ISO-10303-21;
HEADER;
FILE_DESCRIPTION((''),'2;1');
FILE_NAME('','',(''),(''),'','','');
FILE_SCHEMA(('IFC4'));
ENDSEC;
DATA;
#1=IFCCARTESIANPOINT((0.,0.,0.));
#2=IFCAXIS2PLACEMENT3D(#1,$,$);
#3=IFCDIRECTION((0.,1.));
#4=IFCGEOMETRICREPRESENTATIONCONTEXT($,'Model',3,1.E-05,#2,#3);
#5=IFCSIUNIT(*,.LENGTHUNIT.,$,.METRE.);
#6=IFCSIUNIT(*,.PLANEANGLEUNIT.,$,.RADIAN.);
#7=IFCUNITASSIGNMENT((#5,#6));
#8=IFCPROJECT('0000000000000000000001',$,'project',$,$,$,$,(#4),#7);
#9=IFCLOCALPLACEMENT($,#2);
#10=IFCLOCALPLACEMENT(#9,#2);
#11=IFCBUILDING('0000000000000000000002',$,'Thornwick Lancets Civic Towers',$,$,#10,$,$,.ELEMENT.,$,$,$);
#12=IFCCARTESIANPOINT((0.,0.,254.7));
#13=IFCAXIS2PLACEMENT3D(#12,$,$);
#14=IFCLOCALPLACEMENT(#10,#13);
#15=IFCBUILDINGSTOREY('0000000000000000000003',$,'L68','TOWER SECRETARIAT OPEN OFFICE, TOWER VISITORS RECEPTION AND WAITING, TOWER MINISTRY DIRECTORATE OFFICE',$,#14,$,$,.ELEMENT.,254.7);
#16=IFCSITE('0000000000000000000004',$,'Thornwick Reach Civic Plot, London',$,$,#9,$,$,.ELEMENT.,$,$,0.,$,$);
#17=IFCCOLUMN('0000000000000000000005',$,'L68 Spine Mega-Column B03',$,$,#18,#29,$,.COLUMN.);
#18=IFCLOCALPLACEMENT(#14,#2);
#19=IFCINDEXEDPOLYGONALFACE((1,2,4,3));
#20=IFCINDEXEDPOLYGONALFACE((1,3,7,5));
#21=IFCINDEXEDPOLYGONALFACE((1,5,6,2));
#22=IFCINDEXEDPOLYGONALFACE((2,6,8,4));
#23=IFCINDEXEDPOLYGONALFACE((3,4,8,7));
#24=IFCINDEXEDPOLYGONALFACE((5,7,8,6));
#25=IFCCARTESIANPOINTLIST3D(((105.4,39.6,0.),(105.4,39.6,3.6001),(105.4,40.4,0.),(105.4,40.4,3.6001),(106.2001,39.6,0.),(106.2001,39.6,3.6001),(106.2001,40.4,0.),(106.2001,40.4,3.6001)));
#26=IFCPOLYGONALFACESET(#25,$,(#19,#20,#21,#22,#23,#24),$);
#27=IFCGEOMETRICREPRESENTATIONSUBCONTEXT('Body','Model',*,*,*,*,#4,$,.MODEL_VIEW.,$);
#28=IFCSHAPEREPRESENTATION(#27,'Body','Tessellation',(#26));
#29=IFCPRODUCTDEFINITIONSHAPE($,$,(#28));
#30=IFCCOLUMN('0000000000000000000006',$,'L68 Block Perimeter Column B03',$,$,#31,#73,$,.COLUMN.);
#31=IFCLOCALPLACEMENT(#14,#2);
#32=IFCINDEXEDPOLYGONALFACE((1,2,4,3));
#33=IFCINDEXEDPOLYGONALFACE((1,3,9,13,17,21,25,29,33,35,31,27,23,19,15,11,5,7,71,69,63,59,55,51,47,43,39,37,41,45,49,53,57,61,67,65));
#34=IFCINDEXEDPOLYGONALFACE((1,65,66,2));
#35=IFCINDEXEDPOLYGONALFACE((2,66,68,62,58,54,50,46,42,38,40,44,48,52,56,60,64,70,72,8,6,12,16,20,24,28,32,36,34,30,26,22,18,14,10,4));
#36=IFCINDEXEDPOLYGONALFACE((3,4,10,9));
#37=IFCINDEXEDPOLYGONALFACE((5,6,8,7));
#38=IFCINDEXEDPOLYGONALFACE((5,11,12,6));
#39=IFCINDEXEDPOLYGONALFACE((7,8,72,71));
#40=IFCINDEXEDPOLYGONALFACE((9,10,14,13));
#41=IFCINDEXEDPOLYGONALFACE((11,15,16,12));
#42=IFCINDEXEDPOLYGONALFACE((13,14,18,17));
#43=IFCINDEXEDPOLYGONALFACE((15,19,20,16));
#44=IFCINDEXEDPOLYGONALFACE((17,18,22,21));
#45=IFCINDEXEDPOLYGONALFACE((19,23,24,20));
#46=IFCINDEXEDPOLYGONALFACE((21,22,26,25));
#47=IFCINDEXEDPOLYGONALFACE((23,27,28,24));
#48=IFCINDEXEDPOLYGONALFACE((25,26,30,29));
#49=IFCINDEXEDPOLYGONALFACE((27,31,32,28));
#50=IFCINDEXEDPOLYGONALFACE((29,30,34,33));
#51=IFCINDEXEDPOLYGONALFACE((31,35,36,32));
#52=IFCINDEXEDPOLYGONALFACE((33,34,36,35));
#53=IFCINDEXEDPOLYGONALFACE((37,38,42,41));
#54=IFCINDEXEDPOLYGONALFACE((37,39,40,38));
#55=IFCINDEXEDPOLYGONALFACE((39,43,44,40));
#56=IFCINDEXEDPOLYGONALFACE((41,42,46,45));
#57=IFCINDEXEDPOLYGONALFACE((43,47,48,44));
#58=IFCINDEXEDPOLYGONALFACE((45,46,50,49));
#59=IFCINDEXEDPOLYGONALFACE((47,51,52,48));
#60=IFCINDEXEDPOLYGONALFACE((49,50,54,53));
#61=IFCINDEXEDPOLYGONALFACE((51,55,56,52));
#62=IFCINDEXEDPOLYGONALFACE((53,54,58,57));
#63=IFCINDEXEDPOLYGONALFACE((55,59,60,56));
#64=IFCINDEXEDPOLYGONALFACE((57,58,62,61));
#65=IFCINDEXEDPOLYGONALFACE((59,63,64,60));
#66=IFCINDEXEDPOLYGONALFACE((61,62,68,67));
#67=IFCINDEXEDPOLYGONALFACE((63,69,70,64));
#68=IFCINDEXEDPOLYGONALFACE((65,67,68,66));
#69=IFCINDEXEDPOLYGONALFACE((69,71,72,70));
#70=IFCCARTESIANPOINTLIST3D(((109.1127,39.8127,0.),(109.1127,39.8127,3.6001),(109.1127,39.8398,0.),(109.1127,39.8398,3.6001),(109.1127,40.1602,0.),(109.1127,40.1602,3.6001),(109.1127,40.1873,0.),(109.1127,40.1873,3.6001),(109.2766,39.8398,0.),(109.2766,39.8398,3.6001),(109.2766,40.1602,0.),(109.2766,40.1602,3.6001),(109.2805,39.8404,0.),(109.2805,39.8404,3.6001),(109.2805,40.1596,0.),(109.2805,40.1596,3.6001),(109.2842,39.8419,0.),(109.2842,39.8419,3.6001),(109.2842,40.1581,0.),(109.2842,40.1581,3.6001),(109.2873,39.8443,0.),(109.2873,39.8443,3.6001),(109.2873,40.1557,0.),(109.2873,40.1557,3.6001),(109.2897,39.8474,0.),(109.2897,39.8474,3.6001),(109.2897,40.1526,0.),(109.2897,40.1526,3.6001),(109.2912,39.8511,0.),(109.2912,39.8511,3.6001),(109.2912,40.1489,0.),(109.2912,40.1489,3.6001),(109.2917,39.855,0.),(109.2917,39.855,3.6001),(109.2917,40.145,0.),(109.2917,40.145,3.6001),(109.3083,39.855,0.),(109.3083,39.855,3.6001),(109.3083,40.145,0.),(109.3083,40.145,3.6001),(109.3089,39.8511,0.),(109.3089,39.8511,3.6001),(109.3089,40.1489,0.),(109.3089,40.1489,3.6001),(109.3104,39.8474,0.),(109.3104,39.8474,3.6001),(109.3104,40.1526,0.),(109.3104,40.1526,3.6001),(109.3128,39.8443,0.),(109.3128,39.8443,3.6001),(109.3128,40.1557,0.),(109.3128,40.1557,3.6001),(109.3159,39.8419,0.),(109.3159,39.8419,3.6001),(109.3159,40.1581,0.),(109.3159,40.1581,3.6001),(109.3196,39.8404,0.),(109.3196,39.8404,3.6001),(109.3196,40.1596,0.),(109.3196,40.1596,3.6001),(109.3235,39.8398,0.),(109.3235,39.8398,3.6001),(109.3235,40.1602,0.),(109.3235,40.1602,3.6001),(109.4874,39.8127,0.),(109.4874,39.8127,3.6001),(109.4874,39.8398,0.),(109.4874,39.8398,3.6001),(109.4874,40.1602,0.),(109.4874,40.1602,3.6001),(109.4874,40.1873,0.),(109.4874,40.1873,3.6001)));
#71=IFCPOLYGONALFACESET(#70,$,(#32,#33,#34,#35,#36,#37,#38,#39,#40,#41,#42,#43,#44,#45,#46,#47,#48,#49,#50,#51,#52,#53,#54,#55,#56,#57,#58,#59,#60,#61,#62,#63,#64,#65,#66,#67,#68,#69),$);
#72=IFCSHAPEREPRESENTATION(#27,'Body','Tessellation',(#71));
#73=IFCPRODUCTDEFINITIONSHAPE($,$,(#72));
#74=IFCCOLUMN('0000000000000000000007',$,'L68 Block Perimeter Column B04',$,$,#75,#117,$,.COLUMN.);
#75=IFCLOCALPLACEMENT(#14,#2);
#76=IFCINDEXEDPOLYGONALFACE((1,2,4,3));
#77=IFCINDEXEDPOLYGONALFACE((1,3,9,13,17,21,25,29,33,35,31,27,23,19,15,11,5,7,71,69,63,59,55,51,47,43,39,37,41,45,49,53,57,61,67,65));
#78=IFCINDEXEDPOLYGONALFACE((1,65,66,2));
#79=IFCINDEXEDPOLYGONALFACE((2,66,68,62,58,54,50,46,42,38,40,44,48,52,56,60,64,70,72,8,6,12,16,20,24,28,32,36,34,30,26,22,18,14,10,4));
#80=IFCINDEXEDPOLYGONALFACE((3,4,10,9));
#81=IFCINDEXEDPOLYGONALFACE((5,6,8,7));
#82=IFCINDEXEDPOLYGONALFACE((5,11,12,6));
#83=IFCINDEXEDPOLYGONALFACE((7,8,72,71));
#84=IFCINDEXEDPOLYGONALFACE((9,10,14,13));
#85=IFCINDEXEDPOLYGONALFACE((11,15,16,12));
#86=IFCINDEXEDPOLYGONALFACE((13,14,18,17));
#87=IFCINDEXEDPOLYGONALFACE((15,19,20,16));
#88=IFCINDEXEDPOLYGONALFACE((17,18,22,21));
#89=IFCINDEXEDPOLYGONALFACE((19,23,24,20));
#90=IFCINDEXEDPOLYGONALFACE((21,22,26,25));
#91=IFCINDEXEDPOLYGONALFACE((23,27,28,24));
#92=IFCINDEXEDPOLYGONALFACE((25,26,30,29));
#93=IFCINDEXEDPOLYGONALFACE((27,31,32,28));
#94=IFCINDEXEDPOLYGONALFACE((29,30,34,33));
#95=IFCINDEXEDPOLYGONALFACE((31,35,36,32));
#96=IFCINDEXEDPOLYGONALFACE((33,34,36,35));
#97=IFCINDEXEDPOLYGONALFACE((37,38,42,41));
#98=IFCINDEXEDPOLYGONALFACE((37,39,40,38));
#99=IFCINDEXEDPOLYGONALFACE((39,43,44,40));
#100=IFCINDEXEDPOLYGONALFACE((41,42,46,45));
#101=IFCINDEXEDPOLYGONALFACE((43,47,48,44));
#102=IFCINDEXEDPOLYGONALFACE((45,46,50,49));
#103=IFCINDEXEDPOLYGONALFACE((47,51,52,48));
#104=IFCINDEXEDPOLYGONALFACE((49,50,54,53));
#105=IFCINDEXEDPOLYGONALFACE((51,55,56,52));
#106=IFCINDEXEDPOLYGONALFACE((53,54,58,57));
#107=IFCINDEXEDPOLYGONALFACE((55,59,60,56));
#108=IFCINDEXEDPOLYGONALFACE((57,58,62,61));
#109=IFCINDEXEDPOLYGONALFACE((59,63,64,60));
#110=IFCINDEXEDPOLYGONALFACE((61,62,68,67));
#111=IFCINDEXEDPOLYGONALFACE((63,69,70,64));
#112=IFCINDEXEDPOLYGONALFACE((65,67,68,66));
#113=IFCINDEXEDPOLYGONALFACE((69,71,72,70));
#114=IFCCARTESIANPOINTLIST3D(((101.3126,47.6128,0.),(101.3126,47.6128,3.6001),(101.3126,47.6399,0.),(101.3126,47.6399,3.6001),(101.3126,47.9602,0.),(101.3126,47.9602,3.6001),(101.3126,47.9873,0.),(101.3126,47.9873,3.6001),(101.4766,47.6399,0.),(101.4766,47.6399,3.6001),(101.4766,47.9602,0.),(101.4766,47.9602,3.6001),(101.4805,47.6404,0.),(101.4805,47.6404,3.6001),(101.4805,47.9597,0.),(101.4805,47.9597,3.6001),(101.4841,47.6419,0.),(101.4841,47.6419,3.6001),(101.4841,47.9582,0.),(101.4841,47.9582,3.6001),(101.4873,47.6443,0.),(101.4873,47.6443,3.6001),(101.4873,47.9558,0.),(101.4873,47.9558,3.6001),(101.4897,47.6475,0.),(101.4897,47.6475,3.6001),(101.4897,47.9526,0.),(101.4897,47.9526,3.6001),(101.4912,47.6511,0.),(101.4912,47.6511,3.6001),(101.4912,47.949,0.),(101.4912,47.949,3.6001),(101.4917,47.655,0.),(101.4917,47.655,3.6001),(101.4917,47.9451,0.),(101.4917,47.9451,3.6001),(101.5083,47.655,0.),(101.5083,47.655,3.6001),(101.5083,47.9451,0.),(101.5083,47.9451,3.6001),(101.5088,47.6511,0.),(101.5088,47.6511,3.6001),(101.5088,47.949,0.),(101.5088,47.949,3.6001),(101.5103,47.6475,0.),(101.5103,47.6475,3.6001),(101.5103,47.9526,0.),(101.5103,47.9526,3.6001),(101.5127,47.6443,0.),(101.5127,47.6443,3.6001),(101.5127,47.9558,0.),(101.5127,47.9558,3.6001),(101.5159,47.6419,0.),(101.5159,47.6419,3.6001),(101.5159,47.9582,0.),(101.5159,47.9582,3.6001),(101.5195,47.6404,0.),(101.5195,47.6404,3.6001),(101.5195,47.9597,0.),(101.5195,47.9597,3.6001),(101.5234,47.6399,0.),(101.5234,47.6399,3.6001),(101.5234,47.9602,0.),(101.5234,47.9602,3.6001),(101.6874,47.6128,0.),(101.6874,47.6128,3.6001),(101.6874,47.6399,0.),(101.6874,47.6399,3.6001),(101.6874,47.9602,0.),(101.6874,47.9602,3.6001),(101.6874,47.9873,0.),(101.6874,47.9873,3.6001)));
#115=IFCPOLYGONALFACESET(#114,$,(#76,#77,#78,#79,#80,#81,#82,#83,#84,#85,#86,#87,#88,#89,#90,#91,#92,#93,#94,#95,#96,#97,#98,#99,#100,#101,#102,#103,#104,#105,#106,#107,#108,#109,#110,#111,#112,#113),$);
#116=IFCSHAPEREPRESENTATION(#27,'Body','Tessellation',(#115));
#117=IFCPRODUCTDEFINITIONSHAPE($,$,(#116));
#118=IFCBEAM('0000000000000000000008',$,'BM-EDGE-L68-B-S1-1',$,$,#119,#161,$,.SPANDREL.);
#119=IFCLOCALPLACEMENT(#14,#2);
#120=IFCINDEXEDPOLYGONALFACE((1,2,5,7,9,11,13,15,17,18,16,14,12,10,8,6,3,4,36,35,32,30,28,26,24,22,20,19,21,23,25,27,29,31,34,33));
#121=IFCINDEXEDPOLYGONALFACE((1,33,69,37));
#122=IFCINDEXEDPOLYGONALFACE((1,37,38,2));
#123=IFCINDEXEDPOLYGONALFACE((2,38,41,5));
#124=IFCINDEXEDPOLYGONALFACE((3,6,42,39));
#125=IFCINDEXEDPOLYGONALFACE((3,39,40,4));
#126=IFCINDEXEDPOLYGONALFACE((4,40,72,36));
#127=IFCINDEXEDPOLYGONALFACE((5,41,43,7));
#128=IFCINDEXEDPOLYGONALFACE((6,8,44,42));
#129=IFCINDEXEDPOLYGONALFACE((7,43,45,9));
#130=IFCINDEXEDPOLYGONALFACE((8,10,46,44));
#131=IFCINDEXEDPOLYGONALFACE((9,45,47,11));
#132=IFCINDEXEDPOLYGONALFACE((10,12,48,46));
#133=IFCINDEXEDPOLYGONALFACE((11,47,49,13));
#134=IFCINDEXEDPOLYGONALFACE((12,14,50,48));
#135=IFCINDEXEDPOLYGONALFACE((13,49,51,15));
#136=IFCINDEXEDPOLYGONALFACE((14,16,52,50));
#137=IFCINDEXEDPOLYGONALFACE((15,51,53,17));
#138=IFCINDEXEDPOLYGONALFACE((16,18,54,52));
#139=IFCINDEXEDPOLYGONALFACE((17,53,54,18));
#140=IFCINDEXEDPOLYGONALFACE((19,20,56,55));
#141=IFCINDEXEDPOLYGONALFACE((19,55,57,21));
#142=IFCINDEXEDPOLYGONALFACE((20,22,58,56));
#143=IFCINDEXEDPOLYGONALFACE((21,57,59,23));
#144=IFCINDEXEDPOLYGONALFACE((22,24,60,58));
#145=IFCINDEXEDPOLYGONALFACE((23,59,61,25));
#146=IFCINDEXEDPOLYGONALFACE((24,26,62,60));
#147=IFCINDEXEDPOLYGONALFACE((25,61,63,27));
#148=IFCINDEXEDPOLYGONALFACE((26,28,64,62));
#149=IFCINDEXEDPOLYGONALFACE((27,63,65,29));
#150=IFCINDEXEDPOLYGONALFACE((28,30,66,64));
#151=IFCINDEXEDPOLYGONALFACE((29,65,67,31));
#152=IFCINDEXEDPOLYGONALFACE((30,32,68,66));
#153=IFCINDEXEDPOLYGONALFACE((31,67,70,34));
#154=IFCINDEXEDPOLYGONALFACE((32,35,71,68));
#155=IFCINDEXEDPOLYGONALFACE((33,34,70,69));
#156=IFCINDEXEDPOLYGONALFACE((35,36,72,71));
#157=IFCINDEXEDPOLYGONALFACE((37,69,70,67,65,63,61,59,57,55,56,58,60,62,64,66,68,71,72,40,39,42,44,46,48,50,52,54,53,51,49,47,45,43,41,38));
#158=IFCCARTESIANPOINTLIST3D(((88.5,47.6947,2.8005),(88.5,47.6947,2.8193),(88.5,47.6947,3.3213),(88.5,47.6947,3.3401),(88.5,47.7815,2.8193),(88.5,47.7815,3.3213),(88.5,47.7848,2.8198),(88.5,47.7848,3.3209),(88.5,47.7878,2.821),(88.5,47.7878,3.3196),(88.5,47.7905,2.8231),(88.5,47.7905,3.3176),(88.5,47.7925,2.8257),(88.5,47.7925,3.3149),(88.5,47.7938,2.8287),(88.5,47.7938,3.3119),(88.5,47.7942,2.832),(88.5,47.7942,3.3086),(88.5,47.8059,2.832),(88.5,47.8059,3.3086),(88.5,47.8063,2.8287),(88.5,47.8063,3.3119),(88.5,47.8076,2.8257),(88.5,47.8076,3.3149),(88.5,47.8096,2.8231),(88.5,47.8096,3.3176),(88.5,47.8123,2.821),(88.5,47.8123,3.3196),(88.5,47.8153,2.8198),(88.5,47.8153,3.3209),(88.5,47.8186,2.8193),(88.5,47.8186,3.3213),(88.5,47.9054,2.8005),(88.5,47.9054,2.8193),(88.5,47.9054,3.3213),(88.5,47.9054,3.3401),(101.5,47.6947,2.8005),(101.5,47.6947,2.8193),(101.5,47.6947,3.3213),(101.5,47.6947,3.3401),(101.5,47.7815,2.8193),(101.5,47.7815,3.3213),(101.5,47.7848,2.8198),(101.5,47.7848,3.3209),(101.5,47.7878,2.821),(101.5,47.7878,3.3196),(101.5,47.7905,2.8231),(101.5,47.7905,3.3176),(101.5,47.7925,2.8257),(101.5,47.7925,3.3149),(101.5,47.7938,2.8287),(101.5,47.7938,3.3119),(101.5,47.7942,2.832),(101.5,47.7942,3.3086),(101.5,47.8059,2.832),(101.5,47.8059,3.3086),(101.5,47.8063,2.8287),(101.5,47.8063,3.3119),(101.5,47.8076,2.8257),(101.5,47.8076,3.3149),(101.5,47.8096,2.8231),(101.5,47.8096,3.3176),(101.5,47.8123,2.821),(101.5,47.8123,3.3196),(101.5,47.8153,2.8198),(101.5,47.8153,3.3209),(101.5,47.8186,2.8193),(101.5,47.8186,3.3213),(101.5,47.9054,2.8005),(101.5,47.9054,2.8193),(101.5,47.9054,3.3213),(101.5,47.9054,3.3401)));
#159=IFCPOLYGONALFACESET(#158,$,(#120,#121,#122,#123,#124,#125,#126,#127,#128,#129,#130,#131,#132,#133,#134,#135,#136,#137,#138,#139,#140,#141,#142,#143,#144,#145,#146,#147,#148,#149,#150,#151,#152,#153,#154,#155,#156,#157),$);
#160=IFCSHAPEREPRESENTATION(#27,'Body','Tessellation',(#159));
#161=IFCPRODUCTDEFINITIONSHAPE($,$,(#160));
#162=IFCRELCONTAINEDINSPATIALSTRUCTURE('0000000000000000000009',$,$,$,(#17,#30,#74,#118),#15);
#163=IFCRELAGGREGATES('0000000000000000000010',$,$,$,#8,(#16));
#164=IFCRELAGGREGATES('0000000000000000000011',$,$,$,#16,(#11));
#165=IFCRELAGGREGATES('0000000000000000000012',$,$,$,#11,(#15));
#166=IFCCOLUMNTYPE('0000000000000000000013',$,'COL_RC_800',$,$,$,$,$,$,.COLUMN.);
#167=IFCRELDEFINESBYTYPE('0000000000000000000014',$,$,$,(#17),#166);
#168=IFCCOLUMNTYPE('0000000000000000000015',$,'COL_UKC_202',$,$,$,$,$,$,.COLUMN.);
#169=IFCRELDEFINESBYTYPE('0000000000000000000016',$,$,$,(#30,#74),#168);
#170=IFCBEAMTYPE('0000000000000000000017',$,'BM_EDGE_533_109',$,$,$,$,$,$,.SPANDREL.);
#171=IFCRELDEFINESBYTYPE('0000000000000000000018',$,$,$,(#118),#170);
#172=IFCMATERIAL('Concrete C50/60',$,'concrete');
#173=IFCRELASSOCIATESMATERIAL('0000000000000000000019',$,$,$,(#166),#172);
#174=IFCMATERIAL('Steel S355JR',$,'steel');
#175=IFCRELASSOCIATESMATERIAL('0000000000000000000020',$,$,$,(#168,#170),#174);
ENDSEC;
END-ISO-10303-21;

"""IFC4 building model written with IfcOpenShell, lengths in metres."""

from ifc_helpers import new_model, si_unit, direction, frame, origin, origin_2d, place, context, subcontext, project, spatial, rectangle, i_section, extrude, material, material_profile, profile_set, type_object, element, save


model = new_model("IFC4")

# Units and contexts
model_context = context("Model", 3, precision=1e-05, world=origin(), true_north=direction((0.0, 1.0)))
body_context = subcontext(model_context, "Body", "Model", "MODEL_VIEW")
ifc_project = project(units=[si_unit("LENGTHUNIT", "METRE"), si_unit("PLANEANGLEUNIT", "RADIAN")], contexts=[model_context])

# Site, building, storey
site_placement = place(None, origin())
site = spatial("IfcSite", under=ifc_project, at=site_placement, Name="Thornwick Reach Civic Plot, London", CompositionType="ELEMENT", RefElevation=0.0)
building_placement = place(site_placement, origin())
building = spatial("IfcBuilding", under=site, at=building_placement, Name="Thornwick Lancets Civic Towers", CompositionType="ELEMENT")
storey_placement = place(building_placement, frame((0.0, 0.0, 254.7)))
storey = spatial("IfcBuildingStorey", under=building, at=storey_placement, Name="L68", Description="TOWER SECRETARIAT OPEN OFFICE, TOWER VISITORS RECEPTION AND WAITING, TOWER MINISTRY DIRECTORATE OFFICE", CompositionType="ELEMENT", Elevation=254.7)

# Columns
ifc_material_1 = material(Name="Concrete C50/60", Category="concrete")
ifc_material_profile_1 = material_profile(ifc_material_1, rectangle(XDim=0.8, YDim=0.8, at=origin_2d()), Name="RC 800x800")
ifc_profile_set_1 = profile_set([ifc_material_profile_1], Name="Concrete C50/60")
column_type_1 = type_object("IfcColumnType", Name="COL_RC_800", PredefinedType="COLUMN", material=ifc_profile_set_1)
column_placement = place(storey_placement, frame((105.8, 40.0, 0.0), z_axis=(0.0, 0.0, 1.0), x_axis=(1.0, 0.0, 0.0)))
element("IfcColumn", 1, at=column_placement, inside=storey, type_object=column_type_1, Name="L68 Spine Mega-Column B03", PredefinedType="COLUMN", context=body_context, shape_type="SweptSolid", body=[
    extrude(rectangle(XDim=0.8, YDim=0.8, at=origin_2d()), origin(), (0.0, 0.0, 1.0), 3.6001),
])
ifc_material_2 = material(Name="Steel S355JR", Category="steel")
ifc_material_profile_2 = material_profile(ifc_material_2, i_section(OverallWidth=0.3748, OverallDepth=0.3745, WebThickness=0.0166, FlangeThickness=0.0271, FilletRadius=0.0151, at=origin_2d()), Name="UKC 356x368x202")
ifc_profile_set_2 = profile_set([ifc_material_profile_2], Name="Steel S355JR")
column_type_2 = type_object("IfcColumnType", Name="COL_UKC_202", PredefinedType="COLUMN", material=ifc_profile_set_2)
for number, where, z_axis, x_axis, name in (
    (2, (109.3, 40.0, 0.0), (0.0, 0.0, 1.0), (1.0, 0.0, 0.0), "L68 Block Perimeter Column B03"),
    (3, (101.5, 47.8, 0.0), (0.0, 0.0, 1.0), (1.0, 0.0, 0.0), "L68 Block Perimeter Column B04"),
):
    element("IfcColumn", number, at=place(storey_placement, frame(where, z_axis=z_axis, x_axis=x_axis)), inside=storey, type_object=column_type_2, Name=name, PredefinedType="COLUMN", context=body_context, shape_type="SweptSolid", body=[
        extrude(i_section(OverallWidth=0.3748, OverallDepth=0.3745, WebThickness=0.0166, FlangeThickness=0.0271, FilletRadius=0.0151, at=origin_2d()), origin(), (0.0, 0.0, 1.0), 3.6001),
    ])

# Beam
ifc_material_profile_3 = material_profile(ifc_material_2, i_section(OverallWidth=0.2107, OverallDepth=0.5396, WebThickness=0.0117, FlangeThickness=0.0188, FilletRadius=0.0127, at=origin_2d()), Name="UKB 533x210x109")
ifc_profile_set_3 = profile_set([ifc_material_profile_3], Name="Steel S355JR")
beam_type_1 = type_object("IfcBeamType", Name="BM_EDGE_533_109", PredefinedType="SPANDREL", material=ifc_profile_set_3)
beam_1_placement = place(storey_placement, frame((101.5, 47.8, 3.0703), z_axis=(-1.0, 0.0, 0.0), x_axis=(0.0, -1.0, 0.0)))
element("IfcBeam", 4, at=beam_1_placement, inside=storey, type_object=beam_type_1, Name="BM-EDGE-L68-B-S1-1", PredefinedType="SPANDREL", context=body_context, shape_type="SweptSolid", body=[
    extrude(i_section(OverallWidth=0.2107, OverallDepth=0.5396, WebThickness=0.0117, FlangeThickness=0.0188, FilletRadius=0.0127, at=origin_2d()), origin(), (0.0, 0.0, 1.0), 13.0),
])

save(model, "model.ifc")
